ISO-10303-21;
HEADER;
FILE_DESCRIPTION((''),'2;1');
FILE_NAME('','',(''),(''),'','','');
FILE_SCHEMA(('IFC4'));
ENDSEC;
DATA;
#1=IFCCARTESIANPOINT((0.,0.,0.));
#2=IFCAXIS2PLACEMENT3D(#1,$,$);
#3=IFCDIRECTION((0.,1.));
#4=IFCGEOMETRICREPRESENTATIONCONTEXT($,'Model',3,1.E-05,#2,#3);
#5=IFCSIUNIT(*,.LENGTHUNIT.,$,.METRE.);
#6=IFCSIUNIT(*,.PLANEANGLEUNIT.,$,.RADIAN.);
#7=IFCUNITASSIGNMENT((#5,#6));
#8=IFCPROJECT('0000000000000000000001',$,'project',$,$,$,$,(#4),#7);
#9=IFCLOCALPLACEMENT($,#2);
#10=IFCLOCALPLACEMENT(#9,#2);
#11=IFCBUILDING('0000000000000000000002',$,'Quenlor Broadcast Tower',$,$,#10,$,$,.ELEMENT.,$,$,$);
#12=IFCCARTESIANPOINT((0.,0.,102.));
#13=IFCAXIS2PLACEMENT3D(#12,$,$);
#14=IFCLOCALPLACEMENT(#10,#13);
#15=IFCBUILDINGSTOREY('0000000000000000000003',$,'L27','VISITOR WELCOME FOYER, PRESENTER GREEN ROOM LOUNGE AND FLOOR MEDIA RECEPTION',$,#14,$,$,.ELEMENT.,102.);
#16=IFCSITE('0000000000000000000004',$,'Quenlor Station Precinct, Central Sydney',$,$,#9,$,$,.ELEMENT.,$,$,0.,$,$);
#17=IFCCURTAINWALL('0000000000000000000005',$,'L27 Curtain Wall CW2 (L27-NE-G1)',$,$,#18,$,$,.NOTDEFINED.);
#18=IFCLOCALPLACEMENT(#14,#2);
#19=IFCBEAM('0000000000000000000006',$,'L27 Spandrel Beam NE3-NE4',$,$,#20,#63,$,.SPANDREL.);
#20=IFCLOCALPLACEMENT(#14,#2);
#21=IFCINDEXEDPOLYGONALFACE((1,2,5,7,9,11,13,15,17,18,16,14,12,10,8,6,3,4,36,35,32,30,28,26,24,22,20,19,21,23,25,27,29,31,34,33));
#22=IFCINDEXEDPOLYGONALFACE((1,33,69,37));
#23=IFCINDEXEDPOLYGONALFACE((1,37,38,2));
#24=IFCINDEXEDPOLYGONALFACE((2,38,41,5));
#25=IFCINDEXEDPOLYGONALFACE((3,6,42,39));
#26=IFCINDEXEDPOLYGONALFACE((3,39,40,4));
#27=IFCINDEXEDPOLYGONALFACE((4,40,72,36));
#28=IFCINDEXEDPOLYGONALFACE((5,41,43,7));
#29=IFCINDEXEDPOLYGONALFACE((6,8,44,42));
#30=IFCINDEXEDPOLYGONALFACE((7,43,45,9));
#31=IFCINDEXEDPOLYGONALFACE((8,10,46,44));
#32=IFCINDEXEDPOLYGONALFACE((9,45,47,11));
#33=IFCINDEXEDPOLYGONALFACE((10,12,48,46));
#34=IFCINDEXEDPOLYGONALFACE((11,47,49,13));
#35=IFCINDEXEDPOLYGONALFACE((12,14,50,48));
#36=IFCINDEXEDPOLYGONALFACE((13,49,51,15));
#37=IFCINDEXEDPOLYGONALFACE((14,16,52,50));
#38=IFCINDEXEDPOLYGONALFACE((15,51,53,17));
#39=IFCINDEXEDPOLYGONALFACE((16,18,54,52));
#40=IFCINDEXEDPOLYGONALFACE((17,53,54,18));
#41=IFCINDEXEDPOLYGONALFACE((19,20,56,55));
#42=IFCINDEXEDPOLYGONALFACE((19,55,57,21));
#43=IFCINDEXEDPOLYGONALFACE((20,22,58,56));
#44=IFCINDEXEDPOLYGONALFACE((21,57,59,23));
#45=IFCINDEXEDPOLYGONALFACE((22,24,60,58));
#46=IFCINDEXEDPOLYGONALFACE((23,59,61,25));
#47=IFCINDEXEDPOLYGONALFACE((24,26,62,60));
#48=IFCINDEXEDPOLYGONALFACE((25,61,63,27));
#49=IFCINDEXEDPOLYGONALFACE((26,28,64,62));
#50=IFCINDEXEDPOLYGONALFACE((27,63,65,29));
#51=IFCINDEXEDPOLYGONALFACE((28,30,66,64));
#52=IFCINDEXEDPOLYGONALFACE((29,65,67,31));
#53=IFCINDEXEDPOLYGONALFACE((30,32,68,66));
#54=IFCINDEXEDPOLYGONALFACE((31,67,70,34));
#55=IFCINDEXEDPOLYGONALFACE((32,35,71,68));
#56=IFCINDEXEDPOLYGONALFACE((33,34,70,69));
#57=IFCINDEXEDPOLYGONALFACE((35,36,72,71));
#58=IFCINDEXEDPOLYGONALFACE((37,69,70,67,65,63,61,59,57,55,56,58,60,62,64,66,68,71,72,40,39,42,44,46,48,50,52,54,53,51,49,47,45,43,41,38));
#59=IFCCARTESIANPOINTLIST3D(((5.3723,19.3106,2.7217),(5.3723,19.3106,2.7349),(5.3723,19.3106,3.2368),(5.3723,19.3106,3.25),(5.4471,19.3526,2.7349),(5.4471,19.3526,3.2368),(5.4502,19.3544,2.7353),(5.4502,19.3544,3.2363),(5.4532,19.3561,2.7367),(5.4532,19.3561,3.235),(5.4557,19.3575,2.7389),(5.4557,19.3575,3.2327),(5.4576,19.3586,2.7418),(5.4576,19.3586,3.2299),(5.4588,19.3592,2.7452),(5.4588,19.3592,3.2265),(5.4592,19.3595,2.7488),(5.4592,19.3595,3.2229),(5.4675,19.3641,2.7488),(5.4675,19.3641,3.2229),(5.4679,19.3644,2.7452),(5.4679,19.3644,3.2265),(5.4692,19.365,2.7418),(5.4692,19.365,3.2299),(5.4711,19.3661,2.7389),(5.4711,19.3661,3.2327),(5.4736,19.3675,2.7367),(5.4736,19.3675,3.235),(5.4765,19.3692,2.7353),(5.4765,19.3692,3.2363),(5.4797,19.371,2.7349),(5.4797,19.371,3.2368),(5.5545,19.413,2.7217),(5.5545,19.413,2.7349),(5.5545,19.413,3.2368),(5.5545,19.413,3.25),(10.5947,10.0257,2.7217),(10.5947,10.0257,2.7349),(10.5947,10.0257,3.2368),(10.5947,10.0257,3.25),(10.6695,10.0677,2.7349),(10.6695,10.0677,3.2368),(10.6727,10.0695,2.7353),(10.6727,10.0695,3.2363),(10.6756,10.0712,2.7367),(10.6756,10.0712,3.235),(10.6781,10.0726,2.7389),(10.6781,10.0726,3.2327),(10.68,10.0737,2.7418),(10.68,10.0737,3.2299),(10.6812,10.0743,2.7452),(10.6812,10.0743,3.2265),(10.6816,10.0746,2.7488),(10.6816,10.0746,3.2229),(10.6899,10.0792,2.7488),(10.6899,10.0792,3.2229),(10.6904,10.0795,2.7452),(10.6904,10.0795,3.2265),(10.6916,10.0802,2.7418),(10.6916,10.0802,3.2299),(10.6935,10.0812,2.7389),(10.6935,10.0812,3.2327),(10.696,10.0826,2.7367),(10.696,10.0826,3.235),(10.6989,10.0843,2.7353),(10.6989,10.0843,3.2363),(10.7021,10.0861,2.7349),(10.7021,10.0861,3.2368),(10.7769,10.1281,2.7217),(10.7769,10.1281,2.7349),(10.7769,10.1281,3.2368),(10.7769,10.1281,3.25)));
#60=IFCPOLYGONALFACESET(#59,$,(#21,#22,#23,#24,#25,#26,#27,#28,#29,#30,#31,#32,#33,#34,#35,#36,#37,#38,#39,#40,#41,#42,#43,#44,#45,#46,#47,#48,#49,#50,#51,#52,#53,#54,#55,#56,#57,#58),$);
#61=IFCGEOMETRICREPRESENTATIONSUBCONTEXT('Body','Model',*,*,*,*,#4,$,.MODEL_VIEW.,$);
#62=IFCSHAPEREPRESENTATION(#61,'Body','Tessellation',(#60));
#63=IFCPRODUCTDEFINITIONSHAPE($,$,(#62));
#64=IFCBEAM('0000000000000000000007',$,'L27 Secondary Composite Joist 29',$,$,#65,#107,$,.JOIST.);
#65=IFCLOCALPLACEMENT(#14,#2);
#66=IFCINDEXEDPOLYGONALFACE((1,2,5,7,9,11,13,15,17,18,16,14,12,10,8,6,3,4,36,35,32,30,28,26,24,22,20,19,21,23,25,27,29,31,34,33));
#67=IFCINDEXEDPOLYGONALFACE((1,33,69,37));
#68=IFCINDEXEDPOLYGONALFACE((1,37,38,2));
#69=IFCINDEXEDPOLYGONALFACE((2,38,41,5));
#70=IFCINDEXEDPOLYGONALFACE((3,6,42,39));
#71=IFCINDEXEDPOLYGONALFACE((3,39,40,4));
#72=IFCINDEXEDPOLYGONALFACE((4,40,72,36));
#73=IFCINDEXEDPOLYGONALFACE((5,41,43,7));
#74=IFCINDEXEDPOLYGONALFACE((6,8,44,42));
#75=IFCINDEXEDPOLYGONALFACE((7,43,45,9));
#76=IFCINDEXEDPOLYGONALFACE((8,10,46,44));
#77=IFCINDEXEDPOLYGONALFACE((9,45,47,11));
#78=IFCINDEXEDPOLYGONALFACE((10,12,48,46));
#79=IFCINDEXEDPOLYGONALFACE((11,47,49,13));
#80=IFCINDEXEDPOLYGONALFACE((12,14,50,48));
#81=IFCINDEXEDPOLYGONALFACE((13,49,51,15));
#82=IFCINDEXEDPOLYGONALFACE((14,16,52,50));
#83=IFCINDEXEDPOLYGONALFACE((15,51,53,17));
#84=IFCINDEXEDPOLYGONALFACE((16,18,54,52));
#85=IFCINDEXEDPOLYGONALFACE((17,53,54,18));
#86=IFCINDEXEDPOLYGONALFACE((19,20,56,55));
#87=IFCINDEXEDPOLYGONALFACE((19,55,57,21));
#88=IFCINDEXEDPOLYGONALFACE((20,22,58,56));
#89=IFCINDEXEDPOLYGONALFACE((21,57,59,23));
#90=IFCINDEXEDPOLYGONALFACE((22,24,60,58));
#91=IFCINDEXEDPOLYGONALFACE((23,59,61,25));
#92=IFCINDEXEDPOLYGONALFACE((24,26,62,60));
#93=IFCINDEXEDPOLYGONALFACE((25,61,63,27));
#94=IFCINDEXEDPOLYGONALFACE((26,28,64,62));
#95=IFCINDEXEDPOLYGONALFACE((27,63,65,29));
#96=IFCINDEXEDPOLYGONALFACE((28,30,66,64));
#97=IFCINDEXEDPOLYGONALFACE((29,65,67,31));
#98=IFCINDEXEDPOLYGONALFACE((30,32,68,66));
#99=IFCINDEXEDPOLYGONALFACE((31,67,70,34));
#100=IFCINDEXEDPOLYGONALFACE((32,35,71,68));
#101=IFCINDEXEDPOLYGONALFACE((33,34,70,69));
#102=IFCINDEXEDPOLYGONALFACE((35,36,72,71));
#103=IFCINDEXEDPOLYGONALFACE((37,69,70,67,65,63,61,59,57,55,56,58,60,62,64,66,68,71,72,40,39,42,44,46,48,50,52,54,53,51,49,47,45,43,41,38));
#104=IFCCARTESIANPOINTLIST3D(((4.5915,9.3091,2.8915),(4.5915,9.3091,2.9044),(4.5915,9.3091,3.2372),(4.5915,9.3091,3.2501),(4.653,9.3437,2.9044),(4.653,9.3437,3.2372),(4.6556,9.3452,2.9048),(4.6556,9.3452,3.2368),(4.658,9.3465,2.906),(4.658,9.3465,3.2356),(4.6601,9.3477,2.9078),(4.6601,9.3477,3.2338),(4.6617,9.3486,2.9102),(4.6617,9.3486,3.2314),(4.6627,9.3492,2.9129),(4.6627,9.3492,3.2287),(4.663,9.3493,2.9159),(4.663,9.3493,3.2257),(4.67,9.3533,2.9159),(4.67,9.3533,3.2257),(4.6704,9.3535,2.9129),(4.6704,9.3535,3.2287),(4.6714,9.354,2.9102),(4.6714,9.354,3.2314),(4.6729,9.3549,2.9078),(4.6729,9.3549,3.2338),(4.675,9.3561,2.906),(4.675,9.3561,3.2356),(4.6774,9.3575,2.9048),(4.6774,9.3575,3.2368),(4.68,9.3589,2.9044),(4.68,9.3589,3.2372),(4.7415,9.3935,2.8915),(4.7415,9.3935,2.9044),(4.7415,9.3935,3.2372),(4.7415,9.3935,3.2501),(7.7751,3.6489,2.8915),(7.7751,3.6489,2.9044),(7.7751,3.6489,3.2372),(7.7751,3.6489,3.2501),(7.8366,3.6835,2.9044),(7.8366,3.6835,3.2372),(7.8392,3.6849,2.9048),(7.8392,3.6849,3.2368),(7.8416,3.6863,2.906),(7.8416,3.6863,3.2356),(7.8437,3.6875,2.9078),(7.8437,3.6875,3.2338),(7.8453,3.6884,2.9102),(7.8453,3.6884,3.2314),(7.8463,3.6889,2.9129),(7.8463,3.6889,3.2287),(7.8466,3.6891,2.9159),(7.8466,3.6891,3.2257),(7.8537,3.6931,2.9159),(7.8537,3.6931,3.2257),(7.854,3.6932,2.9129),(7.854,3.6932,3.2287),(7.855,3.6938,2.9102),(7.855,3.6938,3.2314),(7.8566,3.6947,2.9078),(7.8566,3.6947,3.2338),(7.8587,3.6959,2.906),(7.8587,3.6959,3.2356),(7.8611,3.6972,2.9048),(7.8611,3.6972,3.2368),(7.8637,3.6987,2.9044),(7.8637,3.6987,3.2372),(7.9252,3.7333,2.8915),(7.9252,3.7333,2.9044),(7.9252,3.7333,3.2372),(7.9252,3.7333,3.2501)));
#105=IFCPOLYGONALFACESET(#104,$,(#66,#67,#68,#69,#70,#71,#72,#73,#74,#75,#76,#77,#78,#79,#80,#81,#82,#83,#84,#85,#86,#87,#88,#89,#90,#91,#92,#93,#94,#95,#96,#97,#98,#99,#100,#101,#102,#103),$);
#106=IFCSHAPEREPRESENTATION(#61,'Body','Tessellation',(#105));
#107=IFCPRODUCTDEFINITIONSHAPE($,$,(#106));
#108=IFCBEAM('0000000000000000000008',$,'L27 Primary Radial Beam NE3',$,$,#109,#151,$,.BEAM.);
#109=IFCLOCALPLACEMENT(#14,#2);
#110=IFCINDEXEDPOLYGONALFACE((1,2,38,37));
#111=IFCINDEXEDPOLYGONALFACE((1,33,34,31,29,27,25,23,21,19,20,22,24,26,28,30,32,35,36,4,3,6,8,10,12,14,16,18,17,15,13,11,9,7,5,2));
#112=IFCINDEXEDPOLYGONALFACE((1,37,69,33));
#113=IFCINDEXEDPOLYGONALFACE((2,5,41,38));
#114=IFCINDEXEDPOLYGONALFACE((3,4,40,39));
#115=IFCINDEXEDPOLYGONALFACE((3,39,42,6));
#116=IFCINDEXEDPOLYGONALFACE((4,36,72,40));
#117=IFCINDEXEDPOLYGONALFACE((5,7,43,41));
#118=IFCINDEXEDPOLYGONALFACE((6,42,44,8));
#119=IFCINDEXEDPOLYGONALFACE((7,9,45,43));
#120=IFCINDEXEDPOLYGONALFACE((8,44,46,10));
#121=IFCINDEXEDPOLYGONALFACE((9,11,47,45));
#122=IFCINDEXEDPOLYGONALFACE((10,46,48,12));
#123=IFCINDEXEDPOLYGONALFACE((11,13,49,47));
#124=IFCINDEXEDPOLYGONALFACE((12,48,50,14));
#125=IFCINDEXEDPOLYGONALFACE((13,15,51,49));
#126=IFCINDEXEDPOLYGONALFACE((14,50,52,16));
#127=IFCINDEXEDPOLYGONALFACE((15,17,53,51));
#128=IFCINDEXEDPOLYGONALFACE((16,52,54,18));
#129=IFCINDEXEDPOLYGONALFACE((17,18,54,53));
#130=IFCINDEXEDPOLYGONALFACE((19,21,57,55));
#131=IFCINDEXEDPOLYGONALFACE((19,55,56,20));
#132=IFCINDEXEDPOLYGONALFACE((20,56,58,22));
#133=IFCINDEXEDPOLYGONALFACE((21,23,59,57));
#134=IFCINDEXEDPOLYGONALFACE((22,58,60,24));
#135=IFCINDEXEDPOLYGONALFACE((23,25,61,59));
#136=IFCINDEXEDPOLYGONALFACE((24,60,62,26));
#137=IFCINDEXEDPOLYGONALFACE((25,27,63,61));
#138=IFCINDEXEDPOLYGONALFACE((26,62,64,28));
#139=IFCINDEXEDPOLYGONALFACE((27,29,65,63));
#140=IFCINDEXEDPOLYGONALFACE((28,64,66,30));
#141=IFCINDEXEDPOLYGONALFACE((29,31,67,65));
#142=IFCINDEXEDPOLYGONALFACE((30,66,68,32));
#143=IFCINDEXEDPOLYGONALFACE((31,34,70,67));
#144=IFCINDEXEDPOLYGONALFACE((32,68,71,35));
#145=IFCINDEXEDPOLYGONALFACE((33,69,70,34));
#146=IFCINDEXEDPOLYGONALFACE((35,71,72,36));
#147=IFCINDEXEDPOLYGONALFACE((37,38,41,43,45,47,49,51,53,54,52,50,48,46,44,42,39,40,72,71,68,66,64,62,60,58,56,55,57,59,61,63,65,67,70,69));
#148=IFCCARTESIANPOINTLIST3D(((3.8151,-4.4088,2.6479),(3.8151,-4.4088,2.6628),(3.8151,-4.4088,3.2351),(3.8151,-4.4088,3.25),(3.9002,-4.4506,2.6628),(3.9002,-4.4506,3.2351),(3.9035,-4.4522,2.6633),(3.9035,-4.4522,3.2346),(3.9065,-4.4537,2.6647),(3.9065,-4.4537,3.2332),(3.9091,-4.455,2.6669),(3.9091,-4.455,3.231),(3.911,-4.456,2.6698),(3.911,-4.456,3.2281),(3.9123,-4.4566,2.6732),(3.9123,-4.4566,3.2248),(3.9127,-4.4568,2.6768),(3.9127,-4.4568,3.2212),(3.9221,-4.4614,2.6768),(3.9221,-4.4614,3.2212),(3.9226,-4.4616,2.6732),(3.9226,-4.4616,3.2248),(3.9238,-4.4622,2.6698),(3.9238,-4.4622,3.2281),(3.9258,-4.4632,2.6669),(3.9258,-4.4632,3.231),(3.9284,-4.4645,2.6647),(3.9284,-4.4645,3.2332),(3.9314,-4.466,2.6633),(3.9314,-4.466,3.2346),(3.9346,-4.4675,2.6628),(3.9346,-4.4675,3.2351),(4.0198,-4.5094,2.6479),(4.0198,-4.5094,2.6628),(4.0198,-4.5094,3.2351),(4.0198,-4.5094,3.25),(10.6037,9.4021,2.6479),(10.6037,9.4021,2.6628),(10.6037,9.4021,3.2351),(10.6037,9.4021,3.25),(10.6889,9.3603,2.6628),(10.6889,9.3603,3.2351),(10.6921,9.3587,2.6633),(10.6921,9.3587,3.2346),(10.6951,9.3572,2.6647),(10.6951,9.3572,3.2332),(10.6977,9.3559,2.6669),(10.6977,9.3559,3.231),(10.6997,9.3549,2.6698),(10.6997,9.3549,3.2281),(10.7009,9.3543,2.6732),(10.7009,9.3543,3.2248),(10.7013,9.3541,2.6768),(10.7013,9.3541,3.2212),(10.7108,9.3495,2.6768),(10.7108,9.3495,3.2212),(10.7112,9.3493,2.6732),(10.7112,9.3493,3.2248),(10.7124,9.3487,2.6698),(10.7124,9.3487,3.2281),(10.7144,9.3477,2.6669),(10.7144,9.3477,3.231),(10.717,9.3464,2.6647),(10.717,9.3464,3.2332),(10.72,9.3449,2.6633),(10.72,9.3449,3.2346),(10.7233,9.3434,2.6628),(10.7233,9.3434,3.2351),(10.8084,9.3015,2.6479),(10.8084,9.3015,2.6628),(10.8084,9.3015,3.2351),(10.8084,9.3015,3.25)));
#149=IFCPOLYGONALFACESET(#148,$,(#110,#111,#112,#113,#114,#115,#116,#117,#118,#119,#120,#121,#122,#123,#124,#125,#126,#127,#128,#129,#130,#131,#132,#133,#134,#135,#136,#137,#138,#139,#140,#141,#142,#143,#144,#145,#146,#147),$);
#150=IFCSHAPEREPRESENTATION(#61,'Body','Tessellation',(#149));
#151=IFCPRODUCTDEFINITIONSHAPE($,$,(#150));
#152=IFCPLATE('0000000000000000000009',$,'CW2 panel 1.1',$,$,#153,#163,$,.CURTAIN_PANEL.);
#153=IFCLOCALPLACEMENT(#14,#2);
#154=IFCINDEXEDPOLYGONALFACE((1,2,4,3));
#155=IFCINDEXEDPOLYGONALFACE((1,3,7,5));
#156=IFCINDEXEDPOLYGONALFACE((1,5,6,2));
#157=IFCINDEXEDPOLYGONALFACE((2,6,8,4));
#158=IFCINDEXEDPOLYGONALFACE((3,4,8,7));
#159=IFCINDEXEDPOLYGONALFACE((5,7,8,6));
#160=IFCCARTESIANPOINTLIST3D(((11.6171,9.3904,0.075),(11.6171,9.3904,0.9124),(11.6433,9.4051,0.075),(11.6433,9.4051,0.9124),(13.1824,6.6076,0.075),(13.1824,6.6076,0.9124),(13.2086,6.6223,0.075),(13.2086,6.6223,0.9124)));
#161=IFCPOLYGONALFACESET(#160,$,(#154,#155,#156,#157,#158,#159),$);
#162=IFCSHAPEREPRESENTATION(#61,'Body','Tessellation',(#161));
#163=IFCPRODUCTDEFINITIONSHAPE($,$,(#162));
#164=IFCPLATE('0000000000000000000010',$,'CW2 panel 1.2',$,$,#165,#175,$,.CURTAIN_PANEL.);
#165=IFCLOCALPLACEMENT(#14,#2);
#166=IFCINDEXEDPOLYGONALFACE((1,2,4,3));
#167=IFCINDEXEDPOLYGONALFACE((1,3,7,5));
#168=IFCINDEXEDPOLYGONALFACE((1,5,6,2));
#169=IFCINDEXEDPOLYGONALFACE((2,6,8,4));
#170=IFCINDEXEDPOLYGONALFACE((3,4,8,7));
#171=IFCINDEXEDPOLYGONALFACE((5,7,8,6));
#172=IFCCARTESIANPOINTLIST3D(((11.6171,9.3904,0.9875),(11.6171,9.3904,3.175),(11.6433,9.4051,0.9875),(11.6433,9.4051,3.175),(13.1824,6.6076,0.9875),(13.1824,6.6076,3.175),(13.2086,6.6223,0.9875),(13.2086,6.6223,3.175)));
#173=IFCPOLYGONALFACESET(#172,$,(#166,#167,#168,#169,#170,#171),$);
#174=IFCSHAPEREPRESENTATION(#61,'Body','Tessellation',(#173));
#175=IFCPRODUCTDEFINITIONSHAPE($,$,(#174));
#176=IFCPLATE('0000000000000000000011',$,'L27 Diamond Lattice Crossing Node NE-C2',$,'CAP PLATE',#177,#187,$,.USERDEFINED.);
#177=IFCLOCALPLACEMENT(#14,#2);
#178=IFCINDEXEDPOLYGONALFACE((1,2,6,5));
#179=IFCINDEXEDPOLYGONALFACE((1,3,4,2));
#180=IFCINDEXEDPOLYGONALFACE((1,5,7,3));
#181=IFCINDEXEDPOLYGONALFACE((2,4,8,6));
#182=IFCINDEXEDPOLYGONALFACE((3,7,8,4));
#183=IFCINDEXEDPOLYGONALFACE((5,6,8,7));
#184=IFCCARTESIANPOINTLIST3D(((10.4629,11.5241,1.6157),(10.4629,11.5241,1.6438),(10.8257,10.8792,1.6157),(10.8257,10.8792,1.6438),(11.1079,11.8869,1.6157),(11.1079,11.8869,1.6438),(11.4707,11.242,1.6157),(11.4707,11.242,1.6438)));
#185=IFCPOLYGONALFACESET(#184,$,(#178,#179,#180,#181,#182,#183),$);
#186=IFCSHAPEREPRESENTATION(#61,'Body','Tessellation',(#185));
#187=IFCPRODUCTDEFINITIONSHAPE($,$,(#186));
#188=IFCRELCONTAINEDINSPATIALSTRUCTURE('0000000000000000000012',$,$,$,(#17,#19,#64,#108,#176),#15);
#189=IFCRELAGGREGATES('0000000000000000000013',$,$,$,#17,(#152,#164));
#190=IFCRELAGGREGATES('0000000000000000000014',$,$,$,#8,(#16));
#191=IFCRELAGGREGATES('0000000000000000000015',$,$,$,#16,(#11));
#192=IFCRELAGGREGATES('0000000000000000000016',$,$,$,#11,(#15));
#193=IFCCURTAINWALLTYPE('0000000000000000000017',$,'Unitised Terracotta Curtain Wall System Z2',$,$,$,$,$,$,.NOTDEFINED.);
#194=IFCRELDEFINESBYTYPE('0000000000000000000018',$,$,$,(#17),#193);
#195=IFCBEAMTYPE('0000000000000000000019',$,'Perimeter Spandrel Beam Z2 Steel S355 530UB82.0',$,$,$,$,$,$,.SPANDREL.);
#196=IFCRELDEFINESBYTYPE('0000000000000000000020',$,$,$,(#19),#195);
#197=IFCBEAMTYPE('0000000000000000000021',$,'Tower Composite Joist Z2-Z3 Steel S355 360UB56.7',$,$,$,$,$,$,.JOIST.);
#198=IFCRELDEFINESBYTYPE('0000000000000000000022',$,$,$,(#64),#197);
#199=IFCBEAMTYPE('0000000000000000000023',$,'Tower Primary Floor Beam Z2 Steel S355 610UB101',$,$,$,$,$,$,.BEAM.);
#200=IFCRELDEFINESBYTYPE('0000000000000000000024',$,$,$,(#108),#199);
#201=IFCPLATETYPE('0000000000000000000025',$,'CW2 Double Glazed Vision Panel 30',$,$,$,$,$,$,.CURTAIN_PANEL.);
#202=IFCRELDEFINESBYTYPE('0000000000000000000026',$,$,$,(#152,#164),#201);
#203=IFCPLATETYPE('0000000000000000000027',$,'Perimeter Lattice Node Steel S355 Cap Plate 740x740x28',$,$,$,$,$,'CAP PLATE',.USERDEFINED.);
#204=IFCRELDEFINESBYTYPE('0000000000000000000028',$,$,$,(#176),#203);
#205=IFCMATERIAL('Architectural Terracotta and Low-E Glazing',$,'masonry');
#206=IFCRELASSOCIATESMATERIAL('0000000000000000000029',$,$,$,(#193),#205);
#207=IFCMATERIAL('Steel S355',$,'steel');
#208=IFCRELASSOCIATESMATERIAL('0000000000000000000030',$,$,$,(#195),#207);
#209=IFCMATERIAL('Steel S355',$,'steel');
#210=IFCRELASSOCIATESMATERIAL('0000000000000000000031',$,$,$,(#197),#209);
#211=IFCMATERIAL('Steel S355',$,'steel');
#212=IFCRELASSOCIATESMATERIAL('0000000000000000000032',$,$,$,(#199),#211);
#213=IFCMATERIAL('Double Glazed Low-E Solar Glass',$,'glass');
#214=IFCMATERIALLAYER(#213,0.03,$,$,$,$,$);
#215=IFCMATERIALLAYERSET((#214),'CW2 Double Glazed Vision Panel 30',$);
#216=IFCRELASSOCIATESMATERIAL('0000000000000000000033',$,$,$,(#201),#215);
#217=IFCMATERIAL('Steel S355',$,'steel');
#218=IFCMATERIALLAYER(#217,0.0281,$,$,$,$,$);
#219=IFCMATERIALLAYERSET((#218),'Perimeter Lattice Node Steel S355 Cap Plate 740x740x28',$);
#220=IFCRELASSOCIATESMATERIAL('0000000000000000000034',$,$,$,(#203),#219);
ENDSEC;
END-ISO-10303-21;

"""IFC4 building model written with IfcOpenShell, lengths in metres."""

from ifc_helpers import new_model, si_unit, direction, frame, origin, origin_2d, place, context, subcontext, project, spatial, rectangle, i_section, extrude, material, layer, layer_set, material_profile, profile_set, type_object, element, aggregate, save


model = new_model("IFC4")

# Units and contexts
model_context = context("Model", 3, precision=1e-05, world=origin(), true_north=direction((0.0, 1.0)))
body_context = subcontext(model_context, "Body", "Model", "MODEL_VIEW")
ifc_project = project(units=[si_unit("LENGTHUNIT", "METRE"), si_unit("PLANEANGLEUNIT", "RADIAN")], contexts=[model_context])

# Site, building, storey
site_placement = place(None, origin())
site = spatial("IfcSite", under=ifc_project, at=site_placement, Name="Quenlor Station Precinct, Central Sydney", CompositionType="ELEMENT", RefElevation=0.0)
building_placement = place(site_placement, origin())
building = spatial("IfcBuilding", under=site, at=building_placement, Name="Quenlor Broadcast Tower", CompositionType="ELEMENT")
storey_placement = place(building_placement, frame((0.0, 0.0, 102.0)))
storey = spatial("IfcBuildingStorey", under=building, at=storey_placement, Name="L27", Description="VISITOR WELCOME FOYER, PRESENTER GREEN ROOM LOUNGE AND FLOOR MEDIA RECEPTION", CompositionType="ELEMENT", Elevation=102.0)

# Shared definitions
ifc_material_1 = material(Name="Architectural Terracotta and Low-E Glazing", Category="masonry")
curtain_wall_type = type_object("IfcCurtainWallType", Name="Unitised Terracotta Curtain Wall System Z2", PredefinedType="NOTDEFINED", material=ifc_material_1)

# Curtain wall
curtain_wall_1_placement = place(storey_placement, origin())
curtain_wall_1 = element("IfcCurtainWall", 1, at=curtain_wall_1_placement, inside=storey, type_object=curtain_wall_type, Name="L27 Curtain Wall CW2 (L27-NE-G1)", PredefinedType="NOTDEFINED")

# Beams
ifc_material_2 = material(Name="Steel S355", Category="steel")
ifc_material_profile_1 = material_profile(ifc_material_2, i_section(OverallWidth=0.209, OverallDepth=0.5283, WebThickness=0.0095, FlangeThickness=0.0132, FilletRadius=0.0139, at=origin_2d()))
ifc_profile_set_1 = profile_set([ifc_material_profile_1], Name="Steel S355 530UB82.0")
beam_type_1 = type_object("IfcBeamType", Name="Perimeter Spandrel Beam Z2 Steel S355 530UB82.0", PredefinedType="SPANDREL", material=ifc_profile_set_1)
beam_1_placement = place(storey_placement, frame((10.6858, 10.0769, 2.9858), z_axis=(-0.490236, 0.87159, 0.0), x_axis=(-0.87159, -0.490236, 0.0)))
element("IfcBeam", 2, at=beam_1_placement, inside=storey, type_object=beam_type_1, Name="L27 Spandrel Beam NE3-NE4", PredefinedType="SPANDREL", context=body_context, shape_type="SweptSolid", body=[
    extrude(i_section(OverallWidth=0.209, OverallDepth=0.5283, WebThickness=0.0095, FlangeThickness=0.0132, FilletRadius=0.0139, at=origin_2d()), origin(), (0.0, 0.0, 1.0), 10.6528),
])
ifc_material_3 = material(Name="Steel S355", Category="steel")
ifc_material_profile_2 = material_profile(ifc_material_3, i_section(OverallWidth=0.1721, OverallDepth=0.3586, WebThickness=0.0081, FlangeThickness=0.0129, FilletRadius=0.0115, at=origin_2d()))
ifc_profile_set_2 = profile_set([ifc_material_profile_2], Name="Steel S355 360UB56.7")
beam_type_2 = type_object("IfcBeamType", Name="Tower Composite Joist Z2-Z3 Steel S355 360UB56.7", PredefinedType="JOIST", material=ifc_profile_set_2)
beam_2_placement = place(storey_placement, frame((4.6665, 9.3513, 3.0708), z_axis=(0.490233, -0.871592, 0.0), x_axis=(0.871592, 0.490233, 0.0)))
element("IfcBeam", 3, at=beam_2_placement, inside=storey, type_object=beam_type_2, Name="L27 Secondary Composite Joist 29", PredefinedType="JOIST", context=body_context, shape_type="SweptSolid", body=[
    extrude(i_section(OverallWidth=0.1721, OverallDepth=0.3586, WebThickness=0.0081, FlangeThickness=0.0129, FilletRadius=0.0115, at=origin_2d()), origin(), (0.0, 0.0, 1.0), 6.4941),
])
ifc_material_4 = material(Name="Steel S355", Category="steel")
ifc_material_profile_3 = material_profile(ifc_material_4, i_section(OverallWidth=0.228, OverallDepth=0.6021, WebThickness=0.0105, FlangeThickness=0.0149, FilletRadius=0.0139, at=origin_2d()))
ifc_profile_set_3 = profile_set([ifc_material_profile_3], Name="Steel S355 610UB101")
beam_type_3 = type_object("IfcBeamType", Name="Tower Primary Floor Beam Z2 Steel S355 610UB101", PredefinedType="BEAM", material=ifc_profile_set_3)
beam_3_placement = place(storey_placement, frame((10.7061, 9.3518, 2.949), z_axis=(-0.44113, -0.897443, 0.0), x_axis=(0.897443, -0.44113, 0.0)))
element("IfcBeam", 4, at=beam_3_placement, inside=storey, type_object=beam_type_3, Name="L27 Primary Radial Beam NE3", PredefinedType="BEAM", context=body_context, shape_type="SweptSolid", body=[
    extrude(i_section(OverallWidth=0.228, OverallDepth=0.6021, WebThickness=0.0105, FlangeThickness=0.0149, FilletRadius=0.0139, at=origin_2d()), origin(), (0.0, 0.0, 1.0), 15.3892),
])

# Plates
ifc_material_5 = material(Name="Double Glazed Low-E Solar Glass", Category="glass")
ifc_layer_1 = layer(ifc_material_5, 0.03)
ifc_layer_set_1 = layer_set([ifc_layer_1], Name="CW2 Double Glazed Vision Panel 30")
plate_type_1 = type_object("IfcPlateType", Name="CW2 Double Glazed Vision Panel 30", PredefinedType="CURTAIN_PANEL", material=ifc_layer_set_1)
plate_1_placement = place(storey_placement, frame((12.4128, 8.0063, 0.075), z_axis=(0.0, 0.0, 1.0), x_axis=(0.490261, -0.871576, 0.0)))
plate_1 = element("IfcPlate", 5, at=plate_1_placement, type_object=plate_type_1, Name="CW2 panel 1.1", PredefinedType="CURTAIN_PANEL", context=body_context, shape_type="SweptSolid", body=[
    extrude(rectangle(XDim=3.1929, YDim=0.03, at=origin_2d()), origin(), (0.0, 0.0, 1.0), 0.8374),
])
plate_2_placement = place(storey_placement, frame((12.4128, 8.0063, 0.9875), z_axis=(0.0, 0.0, 1.0), x_axis=(0.490261, -0.871576, 0.0)))
plate_2 = element("IfcPlate", 6, at=plate_2_placement, type_object=plate_type_1, Name="CW2 panel 1.2", PredefinedType="CURTAIN_PANEL", context=body_context, shape_type="SweptSolid", body=[
    extrude(rectangle(XDim=3.1929, YDim=0.03, at=origin_2d()), origin(), (0.0, 0.0, 1.0), 2.1875),
])
aggregate(curtain_wall_1, [plate_1, plate_2])

# Plate
ifc_material_6 = material(Name="Steel S355", Category="steel")
ifc_layer_2 = layer(ifc_material_6, 0.0281)
ifc_layer_set_2 = layer_set([ifc_layer_2], Name="Perimeter Lattice Node Steel S355 Cap Plate 740x740x28")
plate_type_2 = type_object("IfcPlateType", Name="Perimeter Lattice Node Steel S355 Cap Plate 740x740x28", ElementType="CAP PLATE", PredefinedType="USERDEFINED", material=ifc_layer_set_2)
plate_3_placement = place(storey_placement, frame((10.9668, 11.3831, 1.6157), z_axis=(0.0, 0.0, 1.0), x_axis=(0.490295, -0.871556, 0.0)))
element("IfcPlate", 7, at=plate_3_placement, inside=storey, type_object=plate_type_2, Name="L27 Diamond Lattice Crossing Node NE-C2", ObjectType="CAP PLATE", PredefinedType="USERDEFINED", context=body_context, shape_type="SweptSolid", body=[
    extrude(rectangle(XDim=0.74, YDim=0.74, at=origin_2d()), origin(), (0.0, 0.0, 1.0), 0.0281),
])

save(model, "model.ifc")
